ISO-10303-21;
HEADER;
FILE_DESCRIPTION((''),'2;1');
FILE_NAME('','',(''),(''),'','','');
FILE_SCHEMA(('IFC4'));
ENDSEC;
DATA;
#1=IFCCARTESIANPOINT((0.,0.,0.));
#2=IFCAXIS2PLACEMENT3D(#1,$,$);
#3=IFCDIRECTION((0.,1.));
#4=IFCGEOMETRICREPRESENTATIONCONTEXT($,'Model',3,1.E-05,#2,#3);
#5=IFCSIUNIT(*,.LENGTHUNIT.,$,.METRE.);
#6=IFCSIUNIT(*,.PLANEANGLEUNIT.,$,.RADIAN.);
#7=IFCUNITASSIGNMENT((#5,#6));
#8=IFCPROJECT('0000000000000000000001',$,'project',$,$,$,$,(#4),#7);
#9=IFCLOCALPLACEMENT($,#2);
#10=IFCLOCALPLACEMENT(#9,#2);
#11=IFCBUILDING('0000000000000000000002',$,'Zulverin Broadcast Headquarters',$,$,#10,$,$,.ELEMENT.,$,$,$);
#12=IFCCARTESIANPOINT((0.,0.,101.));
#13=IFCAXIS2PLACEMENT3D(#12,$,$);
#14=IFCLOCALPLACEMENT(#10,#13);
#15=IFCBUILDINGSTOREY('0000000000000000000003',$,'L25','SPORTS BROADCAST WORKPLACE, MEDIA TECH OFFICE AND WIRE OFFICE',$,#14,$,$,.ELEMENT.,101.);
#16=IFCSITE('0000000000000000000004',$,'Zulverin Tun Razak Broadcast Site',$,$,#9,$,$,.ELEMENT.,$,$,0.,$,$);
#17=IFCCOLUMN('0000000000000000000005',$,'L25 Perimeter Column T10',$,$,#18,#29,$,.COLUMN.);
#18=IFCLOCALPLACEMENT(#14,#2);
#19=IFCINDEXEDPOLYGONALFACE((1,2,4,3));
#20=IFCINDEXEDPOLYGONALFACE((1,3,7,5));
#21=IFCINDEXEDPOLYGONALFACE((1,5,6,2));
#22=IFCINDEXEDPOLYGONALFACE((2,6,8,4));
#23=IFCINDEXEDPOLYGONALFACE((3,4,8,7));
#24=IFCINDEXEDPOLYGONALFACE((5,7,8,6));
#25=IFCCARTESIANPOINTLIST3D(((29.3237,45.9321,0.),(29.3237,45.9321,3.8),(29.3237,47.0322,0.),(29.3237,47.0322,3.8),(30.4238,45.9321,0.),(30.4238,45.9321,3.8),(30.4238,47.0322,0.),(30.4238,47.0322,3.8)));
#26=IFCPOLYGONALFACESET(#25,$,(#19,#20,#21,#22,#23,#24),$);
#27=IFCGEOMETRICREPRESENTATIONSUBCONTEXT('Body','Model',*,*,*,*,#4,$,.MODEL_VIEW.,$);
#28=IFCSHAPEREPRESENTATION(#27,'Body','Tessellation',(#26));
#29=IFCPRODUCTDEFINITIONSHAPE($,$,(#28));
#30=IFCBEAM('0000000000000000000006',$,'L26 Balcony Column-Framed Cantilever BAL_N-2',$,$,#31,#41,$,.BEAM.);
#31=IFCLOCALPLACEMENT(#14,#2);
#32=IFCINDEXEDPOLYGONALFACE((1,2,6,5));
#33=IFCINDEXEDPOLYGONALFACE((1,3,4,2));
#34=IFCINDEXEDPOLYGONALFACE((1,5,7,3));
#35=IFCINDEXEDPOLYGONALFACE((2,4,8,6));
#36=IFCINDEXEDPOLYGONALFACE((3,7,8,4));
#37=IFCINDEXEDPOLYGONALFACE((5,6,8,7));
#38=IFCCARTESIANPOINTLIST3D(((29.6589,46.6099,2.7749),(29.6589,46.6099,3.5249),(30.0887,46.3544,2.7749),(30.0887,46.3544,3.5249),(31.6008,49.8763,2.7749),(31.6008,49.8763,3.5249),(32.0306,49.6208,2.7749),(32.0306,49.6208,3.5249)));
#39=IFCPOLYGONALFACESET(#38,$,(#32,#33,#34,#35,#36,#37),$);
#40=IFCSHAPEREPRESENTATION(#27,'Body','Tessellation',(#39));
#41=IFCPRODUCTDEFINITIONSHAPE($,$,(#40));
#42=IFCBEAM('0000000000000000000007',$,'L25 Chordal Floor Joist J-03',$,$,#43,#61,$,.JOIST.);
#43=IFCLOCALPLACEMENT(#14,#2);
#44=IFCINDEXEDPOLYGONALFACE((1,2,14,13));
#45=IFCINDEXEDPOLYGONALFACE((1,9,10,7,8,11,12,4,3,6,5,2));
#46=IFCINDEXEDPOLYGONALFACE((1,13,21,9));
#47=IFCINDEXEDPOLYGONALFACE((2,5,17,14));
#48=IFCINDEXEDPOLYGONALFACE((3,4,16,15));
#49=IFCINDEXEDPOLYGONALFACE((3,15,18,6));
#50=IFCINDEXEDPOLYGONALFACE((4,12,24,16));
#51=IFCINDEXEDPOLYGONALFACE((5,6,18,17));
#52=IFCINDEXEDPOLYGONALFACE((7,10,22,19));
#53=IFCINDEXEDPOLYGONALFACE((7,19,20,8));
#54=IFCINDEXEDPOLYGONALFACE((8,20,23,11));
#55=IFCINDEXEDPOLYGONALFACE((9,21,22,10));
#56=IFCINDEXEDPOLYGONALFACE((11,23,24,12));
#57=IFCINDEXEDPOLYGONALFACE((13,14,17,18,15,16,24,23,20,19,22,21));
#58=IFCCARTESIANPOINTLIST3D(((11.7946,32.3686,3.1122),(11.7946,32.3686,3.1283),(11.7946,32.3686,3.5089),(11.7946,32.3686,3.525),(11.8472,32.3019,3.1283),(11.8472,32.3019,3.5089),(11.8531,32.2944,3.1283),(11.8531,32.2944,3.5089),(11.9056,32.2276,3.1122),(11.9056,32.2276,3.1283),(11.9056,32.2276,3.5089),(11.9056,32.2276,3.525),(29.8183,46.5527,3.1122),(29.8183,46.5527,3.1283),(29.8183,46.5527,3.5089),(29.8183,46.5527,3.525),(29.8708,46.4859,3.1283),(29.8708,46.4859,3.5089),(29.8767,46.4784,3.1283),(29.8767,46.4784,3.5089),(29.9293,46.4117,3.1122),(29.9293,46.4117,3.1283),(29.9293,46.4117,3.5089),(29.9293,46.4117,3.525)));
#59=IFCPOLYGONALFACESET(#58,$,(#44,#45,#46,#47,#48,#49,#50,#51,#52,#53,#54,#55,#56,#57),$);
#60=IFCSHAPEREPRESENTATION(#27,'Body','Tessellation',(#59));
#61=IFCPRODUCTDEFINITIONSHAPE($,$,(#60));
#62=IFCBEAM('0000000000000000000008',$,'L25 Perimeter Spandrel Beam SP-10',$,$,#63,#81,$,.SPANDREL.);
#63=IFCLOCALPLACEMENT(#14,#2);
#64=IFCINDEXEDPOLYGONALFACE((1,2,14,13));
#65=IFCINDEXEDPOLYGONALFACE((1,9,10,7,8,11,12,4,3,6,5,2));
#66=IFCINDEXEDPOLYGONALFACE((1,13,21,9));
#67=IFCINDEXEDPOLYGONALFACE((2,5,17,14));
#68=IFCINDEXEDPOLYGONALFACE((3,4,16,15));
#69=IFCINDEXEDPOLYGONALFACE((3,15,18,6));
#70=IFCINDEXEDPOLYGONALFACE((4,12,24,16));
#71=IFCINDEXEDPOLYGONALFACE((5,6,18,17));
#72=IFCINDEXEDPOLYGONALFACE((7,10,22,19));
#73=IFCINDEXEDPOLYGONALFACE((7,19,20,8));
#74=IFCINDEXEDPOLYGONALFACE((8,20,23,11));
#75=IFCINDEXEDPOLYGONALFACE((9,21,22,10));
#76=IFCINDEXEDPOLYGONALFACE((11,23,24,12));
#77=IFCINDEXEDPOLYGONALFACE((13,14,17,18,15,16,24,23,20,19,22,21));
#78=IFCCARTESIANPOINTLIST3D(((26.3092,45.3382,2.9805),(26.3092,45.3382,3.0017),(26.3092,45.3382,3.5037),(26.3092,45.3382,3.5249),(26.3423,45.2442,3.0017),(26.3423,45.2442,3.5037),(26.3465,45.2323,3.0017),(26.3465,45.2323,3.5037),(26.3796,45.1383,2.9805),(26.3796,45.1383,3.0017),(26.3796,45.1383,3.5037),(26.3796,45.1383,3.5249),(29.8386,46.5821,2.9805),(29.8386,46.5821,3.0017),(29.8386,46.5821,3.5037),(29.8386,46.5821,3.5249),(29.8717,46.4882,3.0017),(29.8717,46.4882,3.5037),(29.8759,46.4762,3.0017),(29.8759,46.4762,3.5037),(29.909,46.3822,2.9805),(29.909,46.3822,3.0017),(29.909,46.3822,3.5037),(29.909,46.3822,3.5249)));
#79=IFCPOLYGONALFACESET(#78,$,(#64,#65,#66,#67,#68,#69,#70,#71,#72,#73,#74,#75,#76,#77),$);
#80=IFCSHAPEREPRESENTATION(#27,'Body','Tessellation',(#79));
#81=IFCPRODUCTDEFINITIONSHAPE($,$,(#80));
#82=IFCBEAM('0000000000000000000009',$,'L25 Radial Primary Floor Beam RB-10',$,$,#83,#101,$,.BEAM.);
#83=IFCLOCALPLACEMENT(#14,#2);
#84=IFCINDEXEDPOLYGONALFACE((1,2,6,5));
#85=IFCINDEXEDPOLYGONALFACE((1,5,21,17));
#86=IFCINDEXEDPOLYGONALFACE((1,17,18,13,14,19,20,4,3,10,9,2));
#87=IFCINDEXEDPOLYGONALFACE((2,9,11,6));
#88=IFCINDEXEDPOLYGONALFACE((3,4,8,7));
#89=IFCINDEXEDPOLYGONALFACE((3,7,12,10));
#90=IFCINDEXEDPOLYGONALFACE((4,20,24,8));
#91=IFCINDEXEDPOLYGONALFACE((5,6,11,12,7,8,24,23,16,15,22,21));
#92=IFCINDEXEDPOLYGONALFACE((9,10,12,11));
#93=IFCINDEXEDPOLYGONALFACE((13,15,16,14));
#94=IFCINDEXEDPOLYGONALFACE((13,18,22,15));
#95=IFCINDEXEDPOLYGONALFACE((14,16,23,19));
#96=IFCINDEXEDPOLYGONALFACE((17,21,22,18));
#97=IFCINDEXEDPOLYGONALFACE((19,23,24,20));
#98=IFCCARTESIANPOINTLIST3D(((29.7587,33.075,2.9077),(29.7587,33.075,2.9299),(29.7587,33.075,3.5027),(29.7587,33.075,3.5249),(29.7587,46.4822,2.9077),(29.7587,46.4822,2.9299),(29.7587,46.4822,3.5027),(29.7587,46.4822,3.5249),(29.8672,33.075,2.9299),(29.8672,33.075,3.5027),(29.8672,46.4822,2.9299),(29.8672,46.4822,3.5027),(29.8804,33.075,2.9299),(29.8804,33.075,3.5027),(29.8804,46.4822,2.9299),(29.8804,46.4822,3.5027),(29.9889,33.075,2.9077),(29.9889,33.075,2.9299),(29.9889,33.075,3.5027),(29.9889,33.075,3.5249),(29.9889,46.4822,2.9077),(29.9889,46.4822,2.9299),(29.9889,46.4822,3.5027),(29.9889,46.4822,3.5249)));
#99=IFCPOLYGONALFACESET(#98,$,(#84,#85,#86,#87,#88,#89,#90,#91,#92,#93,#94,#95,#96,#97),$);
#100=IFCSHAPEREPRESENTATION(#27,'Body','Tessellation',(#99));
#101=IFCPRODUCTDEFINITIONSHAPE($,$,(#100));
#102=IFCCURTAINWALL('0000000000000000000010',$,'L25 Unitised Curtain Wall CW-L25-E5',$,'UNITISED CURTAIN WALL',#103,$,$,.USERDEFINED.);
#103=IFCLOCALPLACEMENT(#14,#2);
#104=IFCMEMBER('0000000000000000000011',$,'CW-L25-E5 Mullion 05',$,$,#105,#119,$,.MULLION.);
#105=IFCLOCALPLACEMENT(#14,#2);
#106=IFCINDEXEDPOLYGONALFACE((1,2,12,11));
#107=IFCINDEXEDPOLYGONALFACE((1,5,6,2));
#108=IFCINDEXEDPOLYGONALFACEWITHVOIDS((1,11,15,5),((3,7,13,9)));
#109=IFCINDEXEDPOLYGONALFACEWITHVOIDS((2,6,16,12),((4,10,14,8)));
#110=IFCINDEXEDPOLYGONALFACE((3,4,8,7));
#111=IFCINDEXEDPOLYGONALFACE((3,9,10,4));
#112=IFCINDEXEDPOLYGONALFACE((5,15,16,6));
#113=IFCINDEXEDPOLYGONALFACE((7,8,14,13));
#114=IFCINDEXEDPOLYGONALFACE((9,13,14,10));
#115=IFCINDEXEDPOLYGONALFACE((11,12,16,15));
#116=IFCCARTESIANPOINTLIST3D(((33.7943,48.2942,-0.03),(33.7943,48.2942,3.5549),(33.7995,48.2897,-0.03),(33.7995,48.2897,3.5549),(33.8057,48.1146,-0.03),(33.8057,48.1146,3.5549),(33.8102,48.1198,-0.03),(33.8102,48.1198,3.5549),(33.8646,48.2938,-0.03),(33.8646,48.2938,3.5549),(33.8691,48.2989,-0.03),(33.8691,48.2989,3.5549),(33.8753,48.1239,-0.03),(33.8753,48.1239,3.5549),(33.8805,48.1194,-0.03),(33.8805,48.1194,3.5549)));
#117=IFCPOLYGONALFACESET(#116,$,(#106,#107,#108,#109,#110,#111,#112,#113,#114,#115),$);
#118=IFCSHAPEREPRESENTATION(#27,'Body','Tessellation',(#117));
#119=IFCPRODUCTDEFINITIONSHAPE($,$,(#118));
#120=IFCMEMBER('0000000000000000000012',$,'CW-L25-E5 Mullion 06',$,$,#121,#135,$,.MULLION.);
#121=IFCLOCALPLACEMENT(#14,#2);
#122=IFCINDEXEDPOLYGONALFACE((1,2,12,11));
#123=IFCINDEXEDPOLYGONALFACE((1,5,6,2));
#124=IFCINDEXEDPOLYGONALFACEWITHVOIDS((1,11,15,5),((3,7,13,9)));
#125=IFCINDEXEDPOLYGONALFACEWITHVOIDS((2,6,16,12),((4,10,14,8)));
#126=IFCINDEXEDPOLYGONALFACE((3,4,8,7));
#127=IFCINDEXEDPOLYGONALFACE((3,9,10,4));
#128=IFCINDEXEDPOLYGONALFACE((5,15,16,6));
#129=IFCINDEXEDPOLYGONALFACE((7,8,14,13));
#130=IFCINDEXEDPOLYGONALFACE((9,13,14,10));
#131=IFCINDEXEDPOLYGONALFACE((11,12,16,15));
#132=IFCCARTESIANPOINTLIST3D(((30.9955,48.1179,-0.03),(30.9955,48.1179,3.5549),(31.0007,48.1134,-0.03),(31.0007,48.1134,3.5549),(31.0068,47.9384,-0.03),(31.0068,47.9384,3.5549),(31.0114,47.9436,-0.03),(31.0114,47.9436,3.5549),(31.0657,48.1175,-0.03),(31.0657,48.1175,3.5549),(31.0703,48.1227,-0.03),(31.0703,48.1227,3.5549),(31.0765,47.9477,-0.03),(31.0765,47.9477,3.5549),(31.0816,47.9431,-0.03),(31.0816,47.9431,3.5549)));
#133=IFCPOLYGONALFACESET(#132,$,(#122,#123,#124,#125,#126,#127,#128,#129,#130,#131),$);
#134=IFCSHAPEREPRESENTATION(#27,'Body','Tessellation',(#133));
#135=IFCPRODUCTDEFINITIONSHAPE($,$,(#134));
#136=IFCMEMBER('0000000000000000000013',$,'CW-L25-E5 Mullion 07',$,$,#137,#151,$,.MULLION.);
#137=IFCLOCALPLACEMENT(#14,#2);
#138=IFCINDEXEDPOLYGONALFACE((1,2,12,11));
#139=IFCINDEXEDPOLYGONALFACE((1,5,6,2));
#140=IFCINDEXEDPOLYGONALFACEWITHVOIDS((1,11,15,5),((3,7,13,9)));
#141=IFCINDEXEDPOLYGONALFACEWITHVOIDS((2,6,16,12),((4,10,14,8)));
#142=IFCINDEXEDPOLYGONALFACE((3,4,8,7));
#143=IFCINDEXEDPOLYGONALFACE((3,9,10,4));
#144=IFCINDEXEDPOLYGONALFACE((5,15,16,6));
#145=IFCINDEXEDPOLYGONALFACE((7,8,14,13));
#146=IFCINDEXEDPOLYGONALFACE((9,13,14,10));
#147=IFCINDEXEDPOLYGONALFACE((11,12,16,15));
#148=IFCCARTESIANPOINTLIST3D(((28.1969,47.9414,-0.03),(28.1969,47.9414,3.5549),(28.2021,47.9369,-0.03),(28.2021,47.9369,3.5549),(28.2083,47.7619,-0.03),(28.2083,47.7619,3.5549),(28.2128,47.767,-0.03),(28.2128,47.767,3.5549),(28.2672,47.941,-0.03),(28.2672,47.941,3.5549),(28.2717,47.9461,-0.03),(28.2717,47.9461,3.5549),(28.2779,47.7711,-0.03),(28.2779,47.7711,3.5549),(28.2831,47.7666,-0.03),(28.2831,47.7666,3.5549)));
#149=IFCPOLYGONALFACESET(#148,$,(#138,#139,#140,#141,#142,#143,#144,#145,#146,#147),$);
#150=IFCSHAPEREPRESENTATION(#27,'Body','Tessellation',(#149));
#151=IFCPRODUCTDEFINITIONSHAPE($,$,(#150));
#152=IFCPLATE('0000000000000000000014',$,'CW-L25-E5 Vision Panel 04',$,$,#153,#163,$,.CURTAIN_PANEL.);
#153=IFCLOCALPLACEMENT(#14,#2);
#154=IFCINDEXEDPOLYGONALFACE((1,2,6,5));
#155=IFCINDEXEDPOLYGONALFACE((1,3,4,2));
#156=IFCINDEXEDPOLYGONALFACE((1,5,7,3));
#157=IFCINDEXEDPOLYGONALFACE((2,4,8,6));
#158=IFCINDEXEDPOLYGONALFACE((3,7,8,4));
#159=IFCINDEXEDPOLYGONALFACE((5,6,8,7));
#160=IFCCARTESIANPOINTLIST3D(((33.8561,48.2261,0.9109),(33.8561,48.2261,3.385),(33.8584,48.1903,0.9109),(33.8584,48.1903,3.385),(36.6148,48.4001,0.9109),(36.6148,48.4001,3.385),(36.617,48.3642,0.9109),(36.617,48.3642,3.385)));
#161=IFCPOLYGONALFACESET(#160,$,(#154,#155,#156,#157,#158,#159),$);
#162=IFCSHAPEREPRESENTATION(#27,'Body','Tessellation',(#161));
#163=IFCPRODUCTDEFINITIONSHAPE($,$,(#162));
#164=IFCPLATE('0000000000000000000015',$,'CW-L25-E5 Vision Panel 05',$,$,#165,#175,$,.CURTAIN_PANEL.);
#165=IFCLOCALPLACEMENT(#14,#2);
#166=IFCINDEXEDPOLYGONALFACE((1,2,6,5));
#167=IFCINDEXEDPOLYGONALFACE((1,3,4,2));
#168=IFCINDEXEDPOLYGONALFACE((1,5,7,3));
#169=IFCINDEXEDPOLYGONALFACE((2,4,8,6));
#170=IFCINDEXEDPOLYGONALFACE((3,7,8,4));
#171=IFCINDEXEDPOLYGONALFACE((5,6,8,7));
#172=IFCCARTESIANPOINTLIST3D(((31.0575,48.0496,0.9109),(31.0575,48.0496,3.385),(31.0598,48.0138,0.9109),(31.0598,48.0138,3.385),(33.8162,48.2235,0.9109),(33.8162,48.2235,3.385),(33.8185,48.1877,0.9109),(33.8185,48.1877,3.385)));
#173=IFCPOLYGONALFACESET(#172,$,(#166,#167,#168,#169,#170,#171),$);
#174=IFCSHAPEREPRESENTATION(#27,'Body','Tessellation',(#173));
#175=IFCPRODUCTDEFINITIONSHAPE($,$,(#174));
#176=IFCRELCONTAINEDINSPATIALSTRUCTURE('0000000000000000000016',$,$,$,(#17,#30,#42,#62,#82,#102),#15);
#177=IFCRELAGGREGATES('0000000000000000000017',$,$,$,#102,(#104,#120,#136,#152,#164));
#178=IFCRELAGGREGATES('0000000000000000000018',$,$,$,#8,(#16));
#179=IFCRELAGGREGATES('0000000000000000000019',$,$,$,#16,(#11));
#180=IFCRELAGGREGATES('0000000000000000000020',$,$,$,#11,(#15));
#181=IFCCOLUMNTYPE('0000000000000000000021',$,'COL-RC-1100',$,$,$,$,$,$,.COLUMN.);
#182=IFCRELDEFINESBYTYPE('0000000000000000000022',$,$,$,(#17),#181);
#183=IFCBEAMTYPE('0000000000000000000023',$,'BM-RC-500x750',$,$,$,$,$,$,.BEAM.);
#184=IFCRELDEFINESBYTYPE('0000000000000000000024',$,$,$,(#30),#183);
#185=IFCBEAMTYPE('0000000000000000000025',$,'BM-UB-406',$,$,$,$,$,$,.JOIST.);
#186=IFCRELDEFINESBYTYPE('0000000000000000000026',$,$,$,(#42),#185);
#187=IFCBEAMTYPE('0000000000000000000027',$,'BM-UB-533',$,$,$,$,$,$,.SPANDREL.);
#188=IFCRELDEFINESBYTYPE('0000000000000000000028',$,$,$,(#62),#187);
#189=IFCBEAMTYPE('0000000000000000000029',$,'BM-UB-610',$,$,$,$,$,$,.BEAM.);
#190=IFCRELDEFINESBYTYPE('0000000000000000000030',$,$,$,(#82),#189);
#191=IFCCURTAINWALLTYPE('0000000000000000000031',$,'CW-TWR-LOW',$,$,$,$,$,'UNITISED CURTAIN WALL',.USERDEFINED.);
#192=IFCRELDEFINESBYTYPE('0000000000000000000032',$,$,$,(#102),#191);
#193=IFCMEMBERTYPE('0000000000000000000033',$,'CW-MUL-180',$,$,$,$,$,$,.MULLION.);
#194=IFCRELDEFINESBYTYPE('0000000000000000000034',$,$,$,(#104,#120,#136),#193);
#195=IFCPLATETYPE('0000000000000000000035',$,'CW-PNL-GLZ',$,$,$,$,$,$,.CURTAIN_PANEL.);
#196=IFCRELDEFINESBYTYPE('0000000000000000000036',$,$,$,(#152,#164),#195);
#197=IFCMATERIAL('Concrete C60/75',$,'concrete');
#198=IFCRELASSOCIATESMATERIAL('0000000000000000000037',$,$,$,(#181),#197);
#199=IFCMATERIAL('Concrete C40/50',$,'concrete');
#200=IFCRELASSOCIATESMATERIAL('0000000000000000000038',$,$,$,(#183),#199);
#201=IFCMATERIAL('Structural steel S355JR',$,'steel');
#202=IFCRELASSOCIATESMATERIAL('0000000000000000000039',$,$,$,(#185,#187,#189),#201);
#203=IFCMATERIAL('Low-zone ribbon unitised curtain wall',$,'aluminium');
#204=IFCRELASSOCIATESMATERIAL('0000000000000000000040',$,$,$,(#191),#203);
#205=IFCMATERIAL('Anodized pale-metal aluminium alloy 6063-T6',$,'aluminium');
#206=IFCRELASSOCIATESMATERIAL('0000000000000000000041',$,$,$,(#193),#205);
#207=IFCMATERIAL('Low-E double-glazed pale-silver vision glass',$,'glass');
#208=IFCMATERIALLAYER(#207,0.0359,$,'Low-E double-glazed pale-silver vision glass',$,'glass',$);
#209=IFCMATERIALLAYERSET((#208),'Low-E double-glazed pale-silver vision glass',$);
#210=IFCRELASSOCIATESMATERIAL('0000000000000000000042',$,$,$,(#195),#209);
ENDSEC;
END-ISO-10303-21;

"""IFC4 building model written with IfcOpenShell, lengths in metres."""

from ifc_helpers import new_model, si_unit, direction, frame, origin, origin_2d, place, context, subcontext, project, spatial, rectangle, hollow_rectangle, i_section, extrude, material, layer, layer_set, material_profile, profile_set, type_object, element, aggregate, save


model = new_model("IFC4")

# Units and contexts
model_context = context("Model", 3, precision=1e-05, world=origin(), true_north=direction((0.0, 1.0)))
body_context = subcontext(model_context, "Body", "Model", "MODEL_VIEW")
ifc_project = project(units=[si_unit("LENGTHUNIT", "METRE"), si_unit("PLANEANGLEUNIT", "RADIAN")], contexts=[model_context])

# Site, building, storey
site_placement = place(None, origin())
site = spatial("IfcSite", under=ifc_project, at=site_placement, Name="Zulverin Tun Razak Broadcast Site", CompositionType="ELEMENT", RefElevation=0.0)
building_placement = place(site_placement, origin())
building = spatial("IfcBuilding", under=site, at=building_placement, Name="Zulverin Broadcast Headquarters", CompositionType="ELEMENT")
storey_placement = place(building_placement, frame((0.0, 0.0, 101.0)))
storey = spatial("IfcBuildingStorey", under=building, at=storey_placement, Name="L25", Description="SPORTS BROADCAST WORKPLACE, MEDIA TECH OFFICE AND WIRE OFFICE", CompositionType="ELEMENT", Elevation=101.0)

# Column
ifc_material_1 = material(Name="Concrete C60/75", Category="concrete")
ifc_material_profile_1 = material_profile(ifc_material_1, rectangle(XDim=1.1001, YDim=1.1001, at=origin_2d()), Name="Concrete C60/75", Category="concrete")
ifc_profile_set_1 = profile_set([ifc_material_profile_1], Name="Concrete C60/75")
column_type = type_object("IfcColumnType", Name="COL-RC-1100", PredefinedType="COLUMN", material=ifc_profile_set_1)
column_placement = place(storey_placement, frame((29.8738, 46.4822, 0.0), z_axis=(0.0, 0.0, 1.0), x_axis=(1.0, 0.0, 0.0)))
element("IfcColumn", 1, at=column_placement, inside=storey, type_object=column_type, Name="L25 Perimeter Column T10", PredefinedType="COLUMN", context=body_context, shape_type="SweptSolid", body=[
    extrude(rectangle(XDim=1.1001, YDim=1.1001, at=origin_2d()), origin(), (0.0, 0.0, 1.0), 3.8),
])

# Beams
ifc_material_2 = material(Name="Concrete C40/50", Category="concrete")
ifc_material_profile_2 = material_profile(ifc_material_2, rectangle(XDim=0.5, YDim=0.75, at=origin_2d()), Name="Concrete C40/50", Category="concrete")
ifc_profile_set_2 = profile_set([ifc_material_profile_2], Name="Concrete C40/50")
beam_type_1 = type_object("IfcBeamType", Name="BM-RC-500x750", PredefinedType="BEAM", material=ifc_profile_set_2)
beam_1_placement = place(storey_placement, frame((29.8738, 46.4822, 3.1499), z_axis=(0.511024, 0.859566, 0.0), x_axis=(-0.859566, 0.511024, 0.0)))
element("IfcBeam", 2, at=beam_1_placement, inside=storey, type_object=beam_type_1, Name="L26 Balcony Column-Framed Cantilever BAL_N-2", PredefinedType="BEAM", context=body_context, shape_type="SweptSolid", body=[
    extrude(rectangle(XDim=0.5, YDim=0.75, at=origin_2d()), origin(), (0.0, 0.0, 1.0), 3.8),
])
ifc_material_3 = material(Name="Structural steel S355JR", Category="steel")
ifc_material_profile_3 = material_profile(ifc_material_3, i_section(OverallWidth=0.1794, OverallDepth=0.4128, WebThickness=0.0095, FlangeThickness=0.0161, at=origin_2d()), Name="Structural steel S355JR", Category="steel")
ifc_profile_set_3 = profile_set([ifc_material_profile_3], Name="Structural steel S355JR")
beam_type_2 = type_object("IfcBeamType", Name="BM-UB-406", PredefinedType="JOIST", material=ifc_profile_set_3)
beam_2_placement = place(storey_placement, frame((29.8738, 46.4822, 3.3186), z_axis=(-0.785839, -0.618431, 0.0), x_axis=(0.618431, -0.785839, 0.0)))
element("IfcBeam", 3, at=beam_2_placement, inside=storey, type_object=beam_type_2, Name="L25 Chordal Floor Joist J-03", PredefinedType="JOIST", context=body_context, shape_type="SweptSolid", body=[
    extrude(i_section(OverallWidth=0.1794, OverallDepth=0.4128, WebThickness=0.0095, FlangeThickness=0.0161, at=origin_2d()), origin(), (0.0, 0.0, 1.0), 22.9355),
])
ifc_material_profile_4 = material_profile(ifc_material_3, i_section(OverallWidth=0.2119, OverallDepth=0.5444, WebThickness=0.0127, FlangeThickness=0.0212, at=origin_2d()), Name="Structural steel S355JR", Category="steel")
ifc_profile_set_4 = profile_set([ifc_material_profile_4], Name="Structural steel S355JR")
beam_type_3 = type_object("IfcBeamType", Name="BM-UB-533", PredefinedType="SPANDREL", material=ifc_profile_set_4)
beam_3_placement = place(storey_placement, frame((29.8738, 46.4822, 3.2527), z_axis=(-0.943136, -0.332407, 0.0), x_axis=(0.332407, -0.943136, 0.0)))
element("IfcBeam", 4, at=beam_3_placement, inside=storey, type_object=beam_type_3, Name="L25 Perimeter Spandrel Beam SP-10", PredefinedType="SPANDREL", context=body_context, shape_type="SweptSolid", body=[
    extrude(i_section(OverallWidth=0.2119, OverallDepth=0.5444, WebThickness=0.0127, FlangeThickness=0.0212, at=origin_2d()), origin(), (0.0, 0.0, 1.0), 3.7422),
])
ifc_material_profile_5 = material_profile(ifc_material_3, i_section(OverallWidth=0.2302, OverallDepth=0.6172, WebThickness=0.0132, FlangeThickness=0.0222, at=origin_2d()), Name="Structural steel S355JR", Category="steel")
ifc_profile_set_5 = profile_set([ifc_material_profile_5], Name="Structural steel S355JR")
beam_type_4 = type_object("IfcBeamType", Name="BM-UB-610", PredefinedType="BEAM", material=ifc_profile_set_5)
beam_4_placement = place(storey_placement, frame((29.8738, 33.075, 3.2163), z_axis=(0.0, 1.0, 0.0), x_axis=(-1.0, 0.0, 0.0)))
element("IfcBeam", 5, at=beam_4_placement, inside=storey, type_object=beam_type_4, Name="L25 Radial Primary Floor Beam RB-10", PredefinedType="BEAM", context=body_context, shape_type="SweptSolid", body=[
    extrude(i_section(OverallWidth=0.2302, OverallDepth=0.6172, WebThickness=0.0132, FlangeThickness=0.0222, at=origin_2d()), origin(), (0.0, 0.0, 1.0), 13.4072),
])

# Curtain wall, members, plates
ifc_material_4 = material(Name="Low-zone ribbon unitised curtain wall", Category="aluminium")
curtain_wall_type = type_object("IfcCurtainWallType", Name="CW-TWR-LOW", ElementType="UNITISED CURTAIN WALL", PredefinedType="USERDEFINED", material=ifc_material_4)
curtain_wall_placement = place(storey_placement, origin())
curtain_wall = element("IfcCurtainWall", 6, at=curtain_wall_placement, inside=storey, type_object=curtain_wall_type, Name="L25 Unitised Curtain Wall CW-L25-E5", ObjectType="UNITISED CURTAIN WALL", PredefinedType="USERDEFINED")
ifc_material_5 = material(Name="Anodized pale-metal aluminium alloy 6063-T6", Category="aluminium")
ifc_material_profile_6 = material_profile(ifc_material_5, hollow_rectangle(XDim=0.075, YDim=0.1799, WallThickness=0.0049, at=origin_2d()), Name="Anodized pale-metal aluminium alloy 6063-T6", Category="aluminium")
ifc_profile_set_6 = profile_set([ifc_material_profile_6], Name="Anodized pale-metal aluminium alloy 6063-T6")
member_type = type_object("IfcMemberType", Name="CW-MUL-180", PredefinedType="MULLION", material=ifc_profile_set_6)
member_1_placement = place(storey_placement, frame((33.8374, 48.2068, -0.03), z_axis=(0.0, 0.0, 1.0), x_axis=(-0.998018, -0.062935, 0.0)))
member_1 = element("IfcMember", 7, at=member_1_placement, type_object=member_type, Name="CW-L25-E5 Mullion 05", PredefinedType="MULLION", context=body_context, shape_type="SweptSolid", body=[
    extrude(hollow_rectangle(XDim=0.075, YDim=0.1799, WallThickness=0.0049, at=origin_2d()), origin(), (0.0, 0.0, 1.0), 3.585),
])
member_2_placement = place(storey_placement, frame((31.0386, 48.0305, -0.03), z_axis=(0.0, 0.0, 1.0), x_axis=(-0.998018, -0.062935, 0.0)))
member_2 = element("IfcMember", 8, at=member_2_placement, type_object=member_type, Name="CW-L25-E5 Mullion 06", PredefinedType="MULLION", context=body_context, shape_type="SweptSolid", body=[
    extrude(hollow_rectangle(XDim=0.075, YDim=0.1799, WallThickness=0.0049, at=origin_2d()), origin(), (0.0, 0.0, 1.0), 3.585),
])
member_3_placement = place(storey_placement, frame((28.24, 47.854, -0.03), z_axis=(0.0, 0.0, 1.0), x_axis=(-0.998018, -0.062935, 0.0)))
member_3 = element("IfcMember", 9, at=member_3_placement, type_object=member_type, Name="CW-L25-E5 Mullion 07", PredefinedType="MULLION", context=body_context, shape_type="SweptSolid", body=[
    extrude(hollow_rectangle(XDim=0.075, YDim=0.1799, WallThickness=0.0049, at=origin_2d()), origin(), (0.0, 0.0, 1.0), 3.585),
])
ifc_material_6 = material(Name="Low-E double-glazed pale-silver vision glass", Category="glass")
ifc_layer_1 = layer(ifc_material_6, 0.0359, Name="Low-E double-glazed pale-silver vision glass", Category="glass")
ifc_layer_set_1 = layer_set([ifc_layer_1], Name="Low-E double-glazed pale-silver vision glass")
plate_type_1 = type_object("IfcPlateType", Name="CW-PNL-GLZ", PredefinedType="CURTAIN_PANEL", material=ifc_layer_set_1)
plate_1_placement = place(storey_placement, frame((35.2366, 48.2952, 0.9109), z_axis=(0.0, 0.0, 1.0), x_axis=(-0.998018, -0.062935, 0.0)))
plate_1 = element("IfcPlate", 10, at=plate_1_placement, type_object=plate_type_1, Name="CW-L25-E5 Vision Panel 04", PredefinedType="CURTAIN_PANEL", context=body_context, shape_type="SweptSolid", body=[
    extrude(rectangle(XDim=2.7642, YDim=0.0359, at=origin_2d()), origin(), (0.0, 0.0, 1.0), 2.4741),
])
plate_2_placement = place(storey_placement, frame((32.438, 48.1187, 0.9109), z_axis=(0.0, 0.0, 1.0), x_axis=(-0.998018, -0.062935, 0.0)))
plate_2 = element("IfcPlate", 11, at=plate_2_placement, type_object=plate_type_1, Name="CW-L25-E5 Vision Panel 05", PredefinedType="CURTAIN_PANEL", context=body_context, shape_type="SweptSolid", body=[
    extrude(rectangle(XDim=2.7642, YDim=0.0359, at=origin_2d()), origin(), (0.0, 0.0, 1.0), 2.4741),
])
aggregate(curtain_wall, [member_1, member_2, member_3, plate_1, plate_2])

save(model, "model.ifc")
